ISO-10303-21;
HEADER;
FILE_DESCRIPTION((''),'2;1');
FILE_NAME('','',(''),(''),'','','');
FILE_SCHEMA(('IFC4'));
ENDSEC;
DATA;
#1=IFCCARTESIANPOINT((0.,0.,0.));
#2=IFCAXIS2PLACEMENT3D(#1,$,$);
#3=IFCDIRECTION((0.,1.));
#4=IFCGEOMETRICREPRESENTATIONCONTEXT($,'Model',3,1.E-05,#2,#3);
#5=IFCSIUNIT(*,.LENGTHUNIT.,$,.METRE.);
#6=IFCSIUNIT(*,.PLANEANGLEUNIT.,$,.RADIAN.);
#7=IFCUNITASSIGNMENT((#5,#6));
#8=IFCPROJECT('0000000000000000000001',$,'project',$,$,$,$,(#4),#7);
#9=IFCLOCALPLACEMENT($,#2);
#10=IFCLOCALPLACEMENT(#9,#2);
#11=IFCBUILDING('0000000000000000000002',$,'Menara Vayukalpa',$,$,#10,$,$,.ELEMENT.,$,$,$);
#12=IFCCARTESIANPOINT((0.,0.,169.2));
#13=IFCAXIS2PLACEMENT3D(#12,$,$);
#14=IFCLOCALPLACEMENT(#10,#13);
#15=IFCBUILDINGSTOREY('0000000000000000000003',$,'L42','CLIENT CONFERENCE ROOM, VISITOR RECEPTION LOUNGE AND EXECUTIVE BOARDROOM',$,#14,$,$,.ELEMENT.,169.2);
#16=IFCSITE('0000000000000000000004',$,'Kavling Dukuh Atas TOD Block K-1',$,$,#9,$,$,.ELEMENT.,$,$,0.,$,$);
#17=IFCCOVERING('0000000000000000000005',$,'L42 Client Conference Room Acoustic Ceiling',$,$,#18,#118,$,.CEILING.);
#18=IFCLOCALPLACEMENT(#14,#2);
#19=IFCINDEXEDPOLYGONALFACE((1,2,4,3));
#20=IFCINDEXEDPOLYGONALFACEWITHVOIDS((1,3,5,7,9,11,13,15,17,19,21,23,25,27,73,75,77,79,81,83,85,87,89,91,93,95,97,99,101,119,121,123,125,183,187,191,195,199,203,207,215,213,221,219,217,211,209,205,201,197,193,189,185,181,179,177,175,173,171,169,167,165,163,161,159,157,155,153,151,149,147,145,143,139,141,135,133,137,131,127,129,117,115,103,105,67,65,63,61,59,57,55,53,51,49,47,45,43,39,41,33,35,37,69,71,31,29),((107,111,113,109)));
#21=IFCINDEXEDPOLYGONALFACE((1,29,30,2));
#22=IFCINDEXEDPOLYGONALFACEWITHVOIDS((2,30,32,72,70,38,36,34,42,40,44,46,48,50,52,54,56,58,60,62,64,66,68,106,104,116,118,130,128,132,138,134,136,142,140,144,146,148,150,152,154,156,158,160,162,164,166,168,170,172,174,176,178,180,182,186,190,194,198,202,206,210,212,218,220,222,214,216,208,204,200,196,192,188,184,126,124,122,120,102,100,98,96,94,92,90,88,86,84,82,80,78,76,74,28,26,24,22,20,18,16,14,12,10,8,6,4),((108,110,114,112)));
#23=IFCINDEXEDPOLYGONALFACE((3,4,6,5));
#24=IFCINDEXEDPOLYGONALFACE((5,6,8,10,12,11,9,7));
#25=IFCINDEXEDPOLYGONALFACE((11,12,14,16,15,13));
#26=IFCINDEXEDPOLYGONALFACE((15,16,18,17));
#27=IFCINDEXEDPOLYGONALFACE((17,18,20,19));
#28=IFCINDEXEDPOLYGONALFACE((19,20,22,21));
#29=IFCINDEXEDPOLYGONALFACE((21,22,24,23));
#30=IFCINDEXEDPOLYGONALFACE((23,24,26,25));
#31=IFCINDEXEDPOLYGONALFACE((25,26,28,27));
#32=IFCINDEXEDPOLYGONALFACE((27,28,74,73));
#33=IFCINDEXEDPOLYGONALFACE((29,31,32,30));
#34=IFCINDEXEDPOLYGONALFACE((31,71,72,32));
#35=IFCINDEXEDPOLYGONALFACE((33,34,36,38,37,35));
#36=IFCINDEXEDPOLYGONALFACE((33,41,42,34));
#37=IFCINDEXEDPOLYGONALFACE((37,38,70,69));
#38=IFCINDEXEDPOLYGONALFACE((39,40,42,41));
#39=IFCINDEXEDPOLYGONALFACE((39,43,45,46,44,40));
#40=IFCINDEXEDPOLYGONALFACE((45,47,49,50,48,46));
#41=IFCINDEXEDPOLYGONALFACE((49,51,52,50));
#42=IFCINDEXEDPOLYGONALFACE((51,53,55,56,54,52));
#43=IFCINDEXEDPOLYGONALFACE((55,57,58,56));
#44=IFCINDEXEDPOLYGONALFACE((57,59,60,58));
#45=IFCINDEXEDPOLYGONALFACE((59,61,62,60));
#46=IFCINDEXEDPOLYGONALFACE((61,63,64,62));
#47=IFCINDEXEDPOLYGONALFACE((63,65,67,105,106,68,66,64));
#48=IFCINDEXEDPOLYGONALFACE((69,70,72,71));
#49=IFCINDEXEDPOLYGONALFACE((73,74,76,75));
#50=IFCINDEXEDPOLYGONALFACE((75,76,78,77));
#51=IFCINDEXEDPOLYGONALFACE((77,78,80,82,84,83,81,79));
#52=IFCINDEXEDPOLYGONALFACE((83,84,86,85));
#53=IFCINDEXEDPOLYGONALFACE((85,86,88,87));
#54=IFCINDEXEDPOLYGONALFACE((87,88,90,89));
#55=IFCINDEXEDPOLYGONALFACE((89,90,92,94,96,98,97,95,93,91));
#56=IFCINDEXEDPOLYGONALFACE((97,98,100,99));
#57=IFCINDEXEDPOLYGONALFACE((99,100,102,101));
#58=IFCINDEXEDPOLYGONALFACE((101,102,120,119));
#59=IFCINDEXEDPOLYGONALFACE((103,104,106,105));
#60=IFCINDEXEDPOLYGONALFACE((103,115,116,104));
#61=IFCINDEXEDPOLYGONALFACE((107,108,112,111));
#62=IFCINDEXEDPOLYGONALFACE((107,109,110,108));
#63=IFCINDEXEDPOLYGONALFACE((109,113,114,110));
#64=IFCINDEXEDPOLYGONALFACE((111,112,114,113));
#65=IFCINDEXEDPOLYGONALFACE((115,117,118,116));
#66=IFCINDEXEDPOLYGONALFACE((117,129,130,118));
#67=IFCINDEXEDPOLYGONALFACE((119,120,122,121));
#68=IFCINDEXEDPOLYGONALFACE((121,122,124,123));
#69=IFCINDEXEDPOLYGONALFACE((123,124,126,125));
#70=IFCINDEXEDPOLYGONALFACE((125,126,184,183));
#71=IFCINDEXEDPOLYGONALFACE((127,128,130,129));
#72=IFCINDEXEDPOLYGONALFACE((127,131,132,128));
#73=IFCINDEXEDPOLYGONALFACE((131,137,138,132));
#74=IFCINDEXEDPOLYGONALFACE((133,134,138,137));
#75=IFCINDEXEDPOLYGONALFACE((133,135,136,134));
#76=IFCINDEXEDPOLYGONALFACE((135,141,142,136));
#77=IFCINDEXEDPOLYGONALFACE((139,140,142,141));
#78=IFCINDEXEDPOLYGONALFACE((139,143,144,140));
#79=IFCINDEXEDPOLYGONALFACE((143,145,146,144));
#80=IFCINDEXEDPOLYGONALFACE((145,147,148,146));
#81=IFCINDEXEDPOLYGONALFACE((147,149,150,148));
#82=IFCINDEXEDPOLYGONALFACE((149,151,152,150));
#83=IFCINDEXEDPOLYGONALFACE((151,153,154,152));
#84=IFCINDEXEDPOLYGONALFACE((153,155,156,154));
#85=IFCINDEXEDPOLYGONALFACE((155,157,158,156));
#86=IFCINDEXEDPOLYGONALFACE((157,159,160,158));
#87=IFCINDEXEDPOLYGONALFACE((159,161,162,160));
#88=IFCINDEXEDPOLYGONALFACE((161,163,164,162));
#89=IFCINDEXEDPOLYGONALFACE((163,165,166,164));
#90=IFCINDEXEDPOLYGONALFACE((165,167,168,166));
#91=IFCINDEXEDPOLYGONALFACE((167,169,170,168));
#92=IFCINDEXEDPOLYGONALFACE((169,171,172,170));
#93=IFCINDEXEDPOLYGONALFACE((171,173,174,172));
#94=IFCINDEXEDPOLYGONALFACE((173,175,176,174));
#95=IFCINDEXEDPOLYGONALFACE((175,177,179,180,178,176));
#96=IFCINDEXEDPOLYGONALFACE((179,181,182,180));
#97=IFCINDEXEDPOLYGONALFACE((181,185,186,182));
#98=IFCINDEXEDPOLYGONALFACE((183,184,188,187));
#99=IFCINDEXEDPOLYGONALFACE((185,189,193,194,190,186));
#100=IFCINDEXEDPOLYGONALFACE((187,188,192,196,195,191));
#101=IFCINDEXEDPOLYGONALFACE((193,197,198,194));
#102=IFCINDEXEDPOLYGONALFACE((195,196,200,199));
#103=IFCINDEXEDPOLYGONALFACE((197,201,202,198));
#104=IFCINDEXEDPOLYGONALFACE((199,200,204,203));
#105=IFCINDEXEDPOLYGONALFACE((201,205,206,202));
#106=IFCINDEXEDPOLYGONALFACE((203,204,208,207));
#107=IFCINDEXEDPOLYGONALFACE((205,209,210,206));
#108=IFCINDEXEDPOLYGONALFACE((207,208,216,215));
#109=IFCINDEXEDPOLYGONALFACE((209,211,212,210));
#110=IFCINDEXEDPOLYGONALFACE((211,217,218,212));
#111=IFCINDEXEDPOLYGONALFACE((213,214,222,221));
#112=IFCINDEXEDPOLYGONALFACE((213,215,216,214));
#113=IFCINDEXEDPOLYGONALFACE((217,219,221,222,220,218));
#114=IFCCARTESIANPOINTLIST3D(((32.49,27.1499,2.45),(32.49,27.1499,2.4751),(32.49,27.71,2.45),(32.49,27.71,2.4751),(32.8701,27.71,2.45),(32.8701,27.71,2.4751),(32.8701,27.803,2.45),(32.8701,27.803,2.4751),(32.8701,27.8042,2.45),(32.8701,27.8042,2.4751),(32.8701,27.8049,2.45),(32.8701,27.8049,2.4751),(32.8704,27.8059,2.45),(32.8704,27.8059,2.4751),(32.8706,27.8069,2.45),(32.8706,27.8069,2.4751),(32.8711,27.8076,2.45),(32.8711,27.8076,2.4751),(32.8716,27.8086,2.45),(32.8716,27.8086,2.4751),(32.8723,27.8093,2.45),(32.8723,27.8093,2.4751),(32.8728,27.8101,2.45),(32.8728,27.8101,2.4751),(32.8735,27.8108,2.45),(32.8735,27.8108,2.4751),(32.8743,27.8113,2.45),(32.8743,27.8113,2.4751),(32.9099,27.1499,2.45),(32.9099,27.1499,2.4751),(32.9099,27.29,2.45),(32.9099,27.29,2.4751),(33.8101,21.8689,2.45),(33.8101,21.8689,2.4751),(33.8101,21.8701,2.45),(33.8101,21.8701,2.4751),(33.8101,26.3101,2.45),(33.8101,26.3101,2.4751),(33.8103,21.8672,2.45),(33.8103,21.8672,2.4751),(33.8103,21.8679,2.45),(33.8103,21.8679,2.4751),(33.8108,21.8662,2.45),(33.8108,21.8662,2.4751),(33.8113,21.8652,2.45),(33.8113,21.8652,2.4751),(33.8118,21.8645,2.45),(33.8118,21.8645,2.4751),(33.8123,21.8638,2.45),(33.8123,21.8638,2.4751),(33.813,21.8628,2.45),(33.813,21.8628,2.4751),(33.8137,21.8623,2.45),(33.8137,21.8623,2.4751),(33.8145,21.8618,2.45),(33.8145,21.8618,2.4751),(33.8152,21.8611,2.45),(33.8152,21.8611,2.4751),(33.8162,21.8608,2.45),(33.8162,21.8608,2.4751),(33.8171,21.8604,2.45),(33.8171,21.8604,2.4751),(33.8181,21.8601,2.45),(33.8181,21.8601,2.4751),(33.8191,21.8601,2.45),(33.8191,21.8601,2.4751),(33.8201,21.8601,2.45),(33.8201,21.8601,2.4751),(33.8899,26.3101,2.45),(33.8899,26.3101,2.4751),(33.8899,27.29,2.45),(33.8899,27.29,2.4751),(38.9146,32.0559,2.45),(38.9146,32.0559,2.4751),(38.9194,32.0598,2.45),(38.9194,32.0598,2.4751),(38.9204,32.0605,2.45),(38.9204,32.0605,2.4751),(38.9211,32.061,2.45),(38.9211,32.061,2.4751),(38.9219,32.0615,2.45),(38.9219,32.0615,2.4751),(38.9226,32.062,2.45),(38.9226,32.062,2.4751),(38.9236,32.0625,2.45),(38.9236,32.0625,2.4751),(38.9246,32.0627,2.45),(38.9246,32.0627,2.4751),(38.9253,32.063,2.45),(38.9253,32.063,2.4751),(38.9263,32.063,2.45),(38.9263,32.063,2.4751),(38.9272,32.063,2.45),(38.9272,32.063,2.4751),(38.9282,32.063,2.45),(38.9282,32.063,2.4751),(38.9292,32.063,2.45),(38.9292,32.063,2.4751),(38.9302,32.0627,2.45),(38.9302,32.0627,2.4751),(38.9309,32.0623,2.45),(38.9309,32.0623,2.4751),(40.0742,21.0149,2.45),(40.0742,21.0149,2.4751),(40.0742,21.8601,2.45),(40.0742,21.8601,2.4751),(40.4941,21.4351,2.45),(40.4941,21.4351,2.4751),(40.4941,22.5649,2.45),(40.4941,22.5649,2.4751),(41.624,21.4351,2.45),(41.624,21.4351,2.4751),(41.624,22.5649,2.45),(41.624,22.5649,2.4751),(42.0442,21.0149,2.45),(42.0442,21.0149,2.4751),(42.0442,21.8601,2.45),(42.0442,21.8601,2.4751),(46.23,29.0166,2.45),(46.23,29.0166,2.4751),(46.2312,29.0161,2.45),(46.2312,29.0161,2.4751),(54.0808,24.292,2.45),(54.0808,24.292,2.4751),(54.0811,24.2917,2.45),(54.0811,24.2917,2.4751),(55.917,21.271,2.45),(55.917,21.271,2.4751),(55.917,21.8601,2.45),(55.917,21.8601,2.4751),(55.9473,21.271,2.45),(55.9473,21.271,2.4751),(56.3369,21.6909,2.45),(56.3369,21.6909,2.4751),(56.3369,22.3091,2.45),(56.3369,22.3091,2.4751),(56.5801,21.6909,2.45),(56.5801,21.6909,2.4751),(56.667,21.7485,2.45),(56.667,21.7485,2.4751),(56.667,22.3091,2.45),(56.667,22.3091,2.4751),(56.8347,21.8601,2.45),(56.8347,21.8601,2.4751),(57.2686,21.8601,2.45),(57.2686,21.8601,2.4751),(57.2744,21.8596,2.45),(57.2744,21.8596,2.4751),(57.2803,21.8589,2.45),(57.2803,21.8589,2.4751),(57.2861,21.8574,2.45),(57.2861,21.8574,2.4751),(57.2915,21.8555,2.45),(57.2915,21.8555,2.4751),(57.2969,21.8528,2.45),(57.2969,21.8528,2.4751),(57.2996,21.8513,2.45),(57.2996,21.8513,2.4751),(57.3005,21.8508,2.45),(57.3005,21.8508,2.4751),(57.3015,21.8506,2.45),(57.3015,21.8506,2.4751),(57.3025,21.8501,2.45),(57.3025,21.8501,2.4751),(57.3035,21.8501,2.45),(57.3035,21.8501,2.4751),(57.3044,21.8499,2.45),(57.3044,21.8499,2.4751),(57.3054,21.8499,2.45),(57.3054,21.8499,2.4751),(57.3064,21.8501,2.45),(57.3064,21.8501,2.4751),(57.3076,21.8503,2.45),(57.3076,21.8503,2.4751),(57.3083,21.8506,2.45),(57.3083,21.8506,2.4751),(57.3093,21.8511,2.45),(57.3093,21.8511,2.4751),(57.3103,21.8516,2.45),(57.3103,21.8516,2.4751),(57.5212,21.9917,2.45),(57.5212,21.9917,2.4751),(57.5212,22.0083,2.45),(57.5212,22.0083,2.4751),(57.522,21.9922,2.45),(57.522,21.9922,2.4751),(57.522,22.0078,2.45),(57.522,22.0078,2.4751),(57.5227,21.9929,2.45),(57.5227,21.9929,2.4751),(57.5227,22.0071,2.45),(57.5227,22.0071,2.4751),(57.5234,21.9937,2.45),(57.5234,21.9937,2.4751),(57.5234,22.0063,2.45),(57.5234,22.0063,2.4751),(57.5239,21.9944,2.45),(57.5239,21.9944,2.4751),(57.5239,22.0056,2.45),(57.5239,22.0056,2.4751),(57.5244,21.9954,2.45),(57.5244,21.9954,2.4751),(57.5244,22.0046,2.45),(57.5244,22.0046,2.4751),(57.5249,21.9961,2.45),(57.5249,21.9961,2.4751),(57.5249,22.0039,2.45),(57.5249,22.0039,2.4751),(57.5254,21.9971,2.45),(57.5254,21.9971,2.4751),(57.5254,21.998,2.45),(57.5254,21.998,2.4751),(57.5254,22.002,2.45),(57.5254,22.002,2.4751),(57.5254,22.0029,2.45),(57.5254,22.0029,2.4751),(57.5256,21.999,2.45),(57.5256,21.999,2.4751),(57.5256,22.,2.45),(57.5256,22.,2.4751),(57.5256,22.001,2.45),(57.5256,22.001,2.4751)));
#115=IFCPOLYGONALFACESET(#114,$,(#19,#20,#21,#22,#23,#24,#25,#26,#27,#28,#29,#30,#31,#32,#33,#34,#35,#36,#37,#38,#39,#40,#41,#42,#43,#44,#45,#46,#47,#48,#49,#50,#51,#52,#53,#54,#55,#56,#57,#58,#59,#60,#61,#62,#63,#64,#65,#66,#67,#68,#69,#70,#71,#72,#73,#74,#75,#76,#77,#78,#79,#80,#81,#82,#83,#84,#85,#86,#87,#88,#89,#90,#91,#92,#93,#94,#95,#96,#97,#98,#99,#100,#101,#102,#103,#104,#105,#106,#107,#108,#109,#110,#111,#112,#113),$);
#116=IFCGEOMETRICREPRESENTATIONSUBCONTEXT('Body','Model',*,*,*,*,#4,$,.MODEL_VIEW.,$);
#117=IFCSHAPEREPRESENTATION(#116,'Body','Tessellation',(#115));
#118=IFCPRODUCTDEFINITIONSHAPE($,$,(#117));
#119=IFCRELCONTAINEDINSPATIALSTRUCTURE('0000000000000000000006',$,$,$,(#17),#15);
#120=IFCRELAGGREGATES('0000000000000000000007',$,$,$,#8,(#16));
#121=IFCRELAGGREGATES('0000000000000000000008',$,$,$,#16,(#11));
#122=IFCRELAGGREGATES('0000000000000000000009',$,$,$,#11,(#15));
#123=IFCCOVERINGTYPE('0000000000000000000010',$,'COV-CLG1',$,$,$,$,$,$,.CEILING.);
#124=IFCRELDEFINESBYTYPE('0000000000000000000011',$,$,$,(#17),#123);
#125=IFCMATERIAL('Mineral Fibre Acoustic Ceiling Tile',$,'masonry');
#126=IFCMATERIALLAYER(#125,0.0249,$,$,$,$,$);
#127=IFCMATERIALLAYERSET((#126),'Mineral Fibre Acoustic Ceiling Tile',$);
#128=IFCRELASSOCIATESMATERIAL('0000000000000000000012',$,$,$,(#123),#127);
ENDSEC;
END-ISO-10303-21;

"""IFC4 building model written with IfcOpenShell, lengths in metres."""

from ifc_helpers import new_model, si_unit, direction, frame, origin, place, context, subcontext, project, spatial, polyline, outline, extrude, material, layer, layer_set, type_object, element, save


model = new_model("IFC4")

# Units and contexts
model_context = context("Model", 3, precision=1e-05, world=origin(), true_north=direction((0.0, 1.0)))
body_context = subcontext(model_context, "Body", "Model", "MODEL_VIEW")
ifc_project = project(units=[si_unit("LENGTHUNIT", "METRE"), si_unit("PLANEANGLEUNIT", "RADIAN")], contexts=[model_context])

# Site, building, storey
site_placement = place(None, origin())
site = spatial("IfcSite", under=ifc_project, at=site_placement, Name="Kavling Dukuh Atas TOD Block K-1", CompositionType="ELEMENT", RefElevation=0.0)
building_placement = place(site_placement, origin())
building = spatial("IfcBuilding", under=site, at=building_placement, Name="Menara Vayukalpa", CompositionType="ELEMENT")
storey_placement = place(building_placement, frame((0.0, 0.0, 169.2)))
storey = spatial("IfcBuildingStorey", under=building, at=storey_placement, Name="L42", Description="CLIENT CONFERENCE ROOM, VISITOR RECEPTION LOUNGE AND EXECUTIVE BOARDROOM", CompositionType="ELEMENT", Elevation=169.2)

# Covering
ifc_material_1 = material(Name="Mineral Fibre Acoustic Ceiling Tile", Category="masonry")
ifc_layer_1 = layer(ifc_material_1, 0.0249)
ifc_layer_set_1 = layer_set([ifc_layer_1], Name="Mineral Fibre Acoustic Ceiling Tile")
covering_type_1 = type_object("IfcCoveringType", Name="COV-CLG1", PredefinedType="CEILING", material=ifc_layer_set_1)
covering_1_placement = place(storey_placement, frame((0.0, 0.0, 2.45)))
element("IfcCovering", 1, at=covering_1_placement, inside=storey, type_object=covering_type_1, Name="L42 Client Conference Room Acoustic Ceiling", PredefinedType="CEILING", context=body_context, shape_type="SweptSolid", body=[
    extrude(outline(polyline([(40.0742, 21.0149), (40.0742, 21.8601), (33.8201, 21.8601), (33.8191, 21.8601), (33.8181, 21.8601), (33.8171, 21.8604), (33.8162, 21.8608), (33.8152, 21.8611), (33.8145, 21.8618), (33.8137, 21.8623), (33.813, 21.8628), (33.8123, 21.8638), (33.8118, 21.8645), (33.8113, 21.8652), (33.8108, 21.8662), (33.8103, 21.8672), (33.8103, 21.8679), (33.8101, 21.8689), (33.8101, 21.8701), (33.8101, 26.3101), (33.8899, 26.3101), (33.8899, 27.29), (32.9099, 27.29), (32.9099, 27.1499), (32.49, 27.1499), (32.49, 27.71), (32.8701, 27.71), (32.8701, 27.803), (32.8701, 27.8042), (32.8701, 27.8049), (32.8704, 27.8059), (32.8706, 27.8069), (32.8711, 27.8076), (32.8716, 27.8086), (32.8723, 27.8093), (32.8728, 27.8101), (32.8735, 27.8108), (32.8743, 27.8113), (38.9146, 32.0559), (38.9194, 32.0598), (38.9204, 32.0605), (38.9211, 32.061), (38.9219, 32.0615), (38.9226, 32.062), (38.9236, 32.0625), (38.9246, 32.0627), (38.9253, 32.063), (38.9263, 32.063), (38.9272, 32.063), (38.9282, 32.063), (38.9292, 32.063), (38.9302, 32.0627), (38.9309, 32.0623), (46.23, 29.0166), (46.2312, 29.0161), (54.0808, 24.292), (54.0811, 24.2917), (57.5212, 22.0083), (57.522, 22.0078), (57.5227, 22.0071), (57.5234, 22.0063), (57.5239, 22.0056), (57.5244, 22.0046), (57.5249, 22.0039), (57.5254, 22.0029), (57.5254, 22.002), (57.5256, 22.001), (57.5256, 22.0), (57.5256, 21.999), (57.5254, 21.998), (57.5254, 21.9971), (57.5249, 21.9961), (57.5244, 21.9954), (57.5239, 21.9944), (57.5234, 21.9937), (57.5227, 21.9929), (57.522, 21.9922), (57.5212, 21.9917), (57.3103, 21.8516), (57.3093, 21.8511), (57.3083, 21.8506), (57.3076, 21.8503), (57.3064, 21.8501), (57.3054, 21.8499), (57.3044, 21.8499), (57.3035, 21.8501), (57.3025, 21.8501), (57.3015, 21.8506), (57.3005, 21.8508), (57.2996, 21.8513), (57.2969, 21.8528), (57.2915, 21.8555), (57.2861, 21.8574), (57.2803, 21.8589), (57.2744, 21.8596), (57.2686, 21.8601), (56.8347, 21.8601), (56.667, 21.7485), (56.667, 22.3091), (56.3369, 22.3091), (56.3369, 21.6909), (56.5801, 21.6909), (55.9473, 21.271), (55.917, 21.271), (55.917, 21.8601), (42.0442, 21.8601), (42.0442, 21.0149), (40.0742, 21.0149)]), holes=[polyline([(41.624, 22.5649), (40.4941, 22.5649), (40.4941, 21.4351), (41.624, 21.4351), (41.624, 22.5649)])]), origin(), (0.0, 0.0, 1.0), 0.0251),
])

save(model, "model.ifc")
